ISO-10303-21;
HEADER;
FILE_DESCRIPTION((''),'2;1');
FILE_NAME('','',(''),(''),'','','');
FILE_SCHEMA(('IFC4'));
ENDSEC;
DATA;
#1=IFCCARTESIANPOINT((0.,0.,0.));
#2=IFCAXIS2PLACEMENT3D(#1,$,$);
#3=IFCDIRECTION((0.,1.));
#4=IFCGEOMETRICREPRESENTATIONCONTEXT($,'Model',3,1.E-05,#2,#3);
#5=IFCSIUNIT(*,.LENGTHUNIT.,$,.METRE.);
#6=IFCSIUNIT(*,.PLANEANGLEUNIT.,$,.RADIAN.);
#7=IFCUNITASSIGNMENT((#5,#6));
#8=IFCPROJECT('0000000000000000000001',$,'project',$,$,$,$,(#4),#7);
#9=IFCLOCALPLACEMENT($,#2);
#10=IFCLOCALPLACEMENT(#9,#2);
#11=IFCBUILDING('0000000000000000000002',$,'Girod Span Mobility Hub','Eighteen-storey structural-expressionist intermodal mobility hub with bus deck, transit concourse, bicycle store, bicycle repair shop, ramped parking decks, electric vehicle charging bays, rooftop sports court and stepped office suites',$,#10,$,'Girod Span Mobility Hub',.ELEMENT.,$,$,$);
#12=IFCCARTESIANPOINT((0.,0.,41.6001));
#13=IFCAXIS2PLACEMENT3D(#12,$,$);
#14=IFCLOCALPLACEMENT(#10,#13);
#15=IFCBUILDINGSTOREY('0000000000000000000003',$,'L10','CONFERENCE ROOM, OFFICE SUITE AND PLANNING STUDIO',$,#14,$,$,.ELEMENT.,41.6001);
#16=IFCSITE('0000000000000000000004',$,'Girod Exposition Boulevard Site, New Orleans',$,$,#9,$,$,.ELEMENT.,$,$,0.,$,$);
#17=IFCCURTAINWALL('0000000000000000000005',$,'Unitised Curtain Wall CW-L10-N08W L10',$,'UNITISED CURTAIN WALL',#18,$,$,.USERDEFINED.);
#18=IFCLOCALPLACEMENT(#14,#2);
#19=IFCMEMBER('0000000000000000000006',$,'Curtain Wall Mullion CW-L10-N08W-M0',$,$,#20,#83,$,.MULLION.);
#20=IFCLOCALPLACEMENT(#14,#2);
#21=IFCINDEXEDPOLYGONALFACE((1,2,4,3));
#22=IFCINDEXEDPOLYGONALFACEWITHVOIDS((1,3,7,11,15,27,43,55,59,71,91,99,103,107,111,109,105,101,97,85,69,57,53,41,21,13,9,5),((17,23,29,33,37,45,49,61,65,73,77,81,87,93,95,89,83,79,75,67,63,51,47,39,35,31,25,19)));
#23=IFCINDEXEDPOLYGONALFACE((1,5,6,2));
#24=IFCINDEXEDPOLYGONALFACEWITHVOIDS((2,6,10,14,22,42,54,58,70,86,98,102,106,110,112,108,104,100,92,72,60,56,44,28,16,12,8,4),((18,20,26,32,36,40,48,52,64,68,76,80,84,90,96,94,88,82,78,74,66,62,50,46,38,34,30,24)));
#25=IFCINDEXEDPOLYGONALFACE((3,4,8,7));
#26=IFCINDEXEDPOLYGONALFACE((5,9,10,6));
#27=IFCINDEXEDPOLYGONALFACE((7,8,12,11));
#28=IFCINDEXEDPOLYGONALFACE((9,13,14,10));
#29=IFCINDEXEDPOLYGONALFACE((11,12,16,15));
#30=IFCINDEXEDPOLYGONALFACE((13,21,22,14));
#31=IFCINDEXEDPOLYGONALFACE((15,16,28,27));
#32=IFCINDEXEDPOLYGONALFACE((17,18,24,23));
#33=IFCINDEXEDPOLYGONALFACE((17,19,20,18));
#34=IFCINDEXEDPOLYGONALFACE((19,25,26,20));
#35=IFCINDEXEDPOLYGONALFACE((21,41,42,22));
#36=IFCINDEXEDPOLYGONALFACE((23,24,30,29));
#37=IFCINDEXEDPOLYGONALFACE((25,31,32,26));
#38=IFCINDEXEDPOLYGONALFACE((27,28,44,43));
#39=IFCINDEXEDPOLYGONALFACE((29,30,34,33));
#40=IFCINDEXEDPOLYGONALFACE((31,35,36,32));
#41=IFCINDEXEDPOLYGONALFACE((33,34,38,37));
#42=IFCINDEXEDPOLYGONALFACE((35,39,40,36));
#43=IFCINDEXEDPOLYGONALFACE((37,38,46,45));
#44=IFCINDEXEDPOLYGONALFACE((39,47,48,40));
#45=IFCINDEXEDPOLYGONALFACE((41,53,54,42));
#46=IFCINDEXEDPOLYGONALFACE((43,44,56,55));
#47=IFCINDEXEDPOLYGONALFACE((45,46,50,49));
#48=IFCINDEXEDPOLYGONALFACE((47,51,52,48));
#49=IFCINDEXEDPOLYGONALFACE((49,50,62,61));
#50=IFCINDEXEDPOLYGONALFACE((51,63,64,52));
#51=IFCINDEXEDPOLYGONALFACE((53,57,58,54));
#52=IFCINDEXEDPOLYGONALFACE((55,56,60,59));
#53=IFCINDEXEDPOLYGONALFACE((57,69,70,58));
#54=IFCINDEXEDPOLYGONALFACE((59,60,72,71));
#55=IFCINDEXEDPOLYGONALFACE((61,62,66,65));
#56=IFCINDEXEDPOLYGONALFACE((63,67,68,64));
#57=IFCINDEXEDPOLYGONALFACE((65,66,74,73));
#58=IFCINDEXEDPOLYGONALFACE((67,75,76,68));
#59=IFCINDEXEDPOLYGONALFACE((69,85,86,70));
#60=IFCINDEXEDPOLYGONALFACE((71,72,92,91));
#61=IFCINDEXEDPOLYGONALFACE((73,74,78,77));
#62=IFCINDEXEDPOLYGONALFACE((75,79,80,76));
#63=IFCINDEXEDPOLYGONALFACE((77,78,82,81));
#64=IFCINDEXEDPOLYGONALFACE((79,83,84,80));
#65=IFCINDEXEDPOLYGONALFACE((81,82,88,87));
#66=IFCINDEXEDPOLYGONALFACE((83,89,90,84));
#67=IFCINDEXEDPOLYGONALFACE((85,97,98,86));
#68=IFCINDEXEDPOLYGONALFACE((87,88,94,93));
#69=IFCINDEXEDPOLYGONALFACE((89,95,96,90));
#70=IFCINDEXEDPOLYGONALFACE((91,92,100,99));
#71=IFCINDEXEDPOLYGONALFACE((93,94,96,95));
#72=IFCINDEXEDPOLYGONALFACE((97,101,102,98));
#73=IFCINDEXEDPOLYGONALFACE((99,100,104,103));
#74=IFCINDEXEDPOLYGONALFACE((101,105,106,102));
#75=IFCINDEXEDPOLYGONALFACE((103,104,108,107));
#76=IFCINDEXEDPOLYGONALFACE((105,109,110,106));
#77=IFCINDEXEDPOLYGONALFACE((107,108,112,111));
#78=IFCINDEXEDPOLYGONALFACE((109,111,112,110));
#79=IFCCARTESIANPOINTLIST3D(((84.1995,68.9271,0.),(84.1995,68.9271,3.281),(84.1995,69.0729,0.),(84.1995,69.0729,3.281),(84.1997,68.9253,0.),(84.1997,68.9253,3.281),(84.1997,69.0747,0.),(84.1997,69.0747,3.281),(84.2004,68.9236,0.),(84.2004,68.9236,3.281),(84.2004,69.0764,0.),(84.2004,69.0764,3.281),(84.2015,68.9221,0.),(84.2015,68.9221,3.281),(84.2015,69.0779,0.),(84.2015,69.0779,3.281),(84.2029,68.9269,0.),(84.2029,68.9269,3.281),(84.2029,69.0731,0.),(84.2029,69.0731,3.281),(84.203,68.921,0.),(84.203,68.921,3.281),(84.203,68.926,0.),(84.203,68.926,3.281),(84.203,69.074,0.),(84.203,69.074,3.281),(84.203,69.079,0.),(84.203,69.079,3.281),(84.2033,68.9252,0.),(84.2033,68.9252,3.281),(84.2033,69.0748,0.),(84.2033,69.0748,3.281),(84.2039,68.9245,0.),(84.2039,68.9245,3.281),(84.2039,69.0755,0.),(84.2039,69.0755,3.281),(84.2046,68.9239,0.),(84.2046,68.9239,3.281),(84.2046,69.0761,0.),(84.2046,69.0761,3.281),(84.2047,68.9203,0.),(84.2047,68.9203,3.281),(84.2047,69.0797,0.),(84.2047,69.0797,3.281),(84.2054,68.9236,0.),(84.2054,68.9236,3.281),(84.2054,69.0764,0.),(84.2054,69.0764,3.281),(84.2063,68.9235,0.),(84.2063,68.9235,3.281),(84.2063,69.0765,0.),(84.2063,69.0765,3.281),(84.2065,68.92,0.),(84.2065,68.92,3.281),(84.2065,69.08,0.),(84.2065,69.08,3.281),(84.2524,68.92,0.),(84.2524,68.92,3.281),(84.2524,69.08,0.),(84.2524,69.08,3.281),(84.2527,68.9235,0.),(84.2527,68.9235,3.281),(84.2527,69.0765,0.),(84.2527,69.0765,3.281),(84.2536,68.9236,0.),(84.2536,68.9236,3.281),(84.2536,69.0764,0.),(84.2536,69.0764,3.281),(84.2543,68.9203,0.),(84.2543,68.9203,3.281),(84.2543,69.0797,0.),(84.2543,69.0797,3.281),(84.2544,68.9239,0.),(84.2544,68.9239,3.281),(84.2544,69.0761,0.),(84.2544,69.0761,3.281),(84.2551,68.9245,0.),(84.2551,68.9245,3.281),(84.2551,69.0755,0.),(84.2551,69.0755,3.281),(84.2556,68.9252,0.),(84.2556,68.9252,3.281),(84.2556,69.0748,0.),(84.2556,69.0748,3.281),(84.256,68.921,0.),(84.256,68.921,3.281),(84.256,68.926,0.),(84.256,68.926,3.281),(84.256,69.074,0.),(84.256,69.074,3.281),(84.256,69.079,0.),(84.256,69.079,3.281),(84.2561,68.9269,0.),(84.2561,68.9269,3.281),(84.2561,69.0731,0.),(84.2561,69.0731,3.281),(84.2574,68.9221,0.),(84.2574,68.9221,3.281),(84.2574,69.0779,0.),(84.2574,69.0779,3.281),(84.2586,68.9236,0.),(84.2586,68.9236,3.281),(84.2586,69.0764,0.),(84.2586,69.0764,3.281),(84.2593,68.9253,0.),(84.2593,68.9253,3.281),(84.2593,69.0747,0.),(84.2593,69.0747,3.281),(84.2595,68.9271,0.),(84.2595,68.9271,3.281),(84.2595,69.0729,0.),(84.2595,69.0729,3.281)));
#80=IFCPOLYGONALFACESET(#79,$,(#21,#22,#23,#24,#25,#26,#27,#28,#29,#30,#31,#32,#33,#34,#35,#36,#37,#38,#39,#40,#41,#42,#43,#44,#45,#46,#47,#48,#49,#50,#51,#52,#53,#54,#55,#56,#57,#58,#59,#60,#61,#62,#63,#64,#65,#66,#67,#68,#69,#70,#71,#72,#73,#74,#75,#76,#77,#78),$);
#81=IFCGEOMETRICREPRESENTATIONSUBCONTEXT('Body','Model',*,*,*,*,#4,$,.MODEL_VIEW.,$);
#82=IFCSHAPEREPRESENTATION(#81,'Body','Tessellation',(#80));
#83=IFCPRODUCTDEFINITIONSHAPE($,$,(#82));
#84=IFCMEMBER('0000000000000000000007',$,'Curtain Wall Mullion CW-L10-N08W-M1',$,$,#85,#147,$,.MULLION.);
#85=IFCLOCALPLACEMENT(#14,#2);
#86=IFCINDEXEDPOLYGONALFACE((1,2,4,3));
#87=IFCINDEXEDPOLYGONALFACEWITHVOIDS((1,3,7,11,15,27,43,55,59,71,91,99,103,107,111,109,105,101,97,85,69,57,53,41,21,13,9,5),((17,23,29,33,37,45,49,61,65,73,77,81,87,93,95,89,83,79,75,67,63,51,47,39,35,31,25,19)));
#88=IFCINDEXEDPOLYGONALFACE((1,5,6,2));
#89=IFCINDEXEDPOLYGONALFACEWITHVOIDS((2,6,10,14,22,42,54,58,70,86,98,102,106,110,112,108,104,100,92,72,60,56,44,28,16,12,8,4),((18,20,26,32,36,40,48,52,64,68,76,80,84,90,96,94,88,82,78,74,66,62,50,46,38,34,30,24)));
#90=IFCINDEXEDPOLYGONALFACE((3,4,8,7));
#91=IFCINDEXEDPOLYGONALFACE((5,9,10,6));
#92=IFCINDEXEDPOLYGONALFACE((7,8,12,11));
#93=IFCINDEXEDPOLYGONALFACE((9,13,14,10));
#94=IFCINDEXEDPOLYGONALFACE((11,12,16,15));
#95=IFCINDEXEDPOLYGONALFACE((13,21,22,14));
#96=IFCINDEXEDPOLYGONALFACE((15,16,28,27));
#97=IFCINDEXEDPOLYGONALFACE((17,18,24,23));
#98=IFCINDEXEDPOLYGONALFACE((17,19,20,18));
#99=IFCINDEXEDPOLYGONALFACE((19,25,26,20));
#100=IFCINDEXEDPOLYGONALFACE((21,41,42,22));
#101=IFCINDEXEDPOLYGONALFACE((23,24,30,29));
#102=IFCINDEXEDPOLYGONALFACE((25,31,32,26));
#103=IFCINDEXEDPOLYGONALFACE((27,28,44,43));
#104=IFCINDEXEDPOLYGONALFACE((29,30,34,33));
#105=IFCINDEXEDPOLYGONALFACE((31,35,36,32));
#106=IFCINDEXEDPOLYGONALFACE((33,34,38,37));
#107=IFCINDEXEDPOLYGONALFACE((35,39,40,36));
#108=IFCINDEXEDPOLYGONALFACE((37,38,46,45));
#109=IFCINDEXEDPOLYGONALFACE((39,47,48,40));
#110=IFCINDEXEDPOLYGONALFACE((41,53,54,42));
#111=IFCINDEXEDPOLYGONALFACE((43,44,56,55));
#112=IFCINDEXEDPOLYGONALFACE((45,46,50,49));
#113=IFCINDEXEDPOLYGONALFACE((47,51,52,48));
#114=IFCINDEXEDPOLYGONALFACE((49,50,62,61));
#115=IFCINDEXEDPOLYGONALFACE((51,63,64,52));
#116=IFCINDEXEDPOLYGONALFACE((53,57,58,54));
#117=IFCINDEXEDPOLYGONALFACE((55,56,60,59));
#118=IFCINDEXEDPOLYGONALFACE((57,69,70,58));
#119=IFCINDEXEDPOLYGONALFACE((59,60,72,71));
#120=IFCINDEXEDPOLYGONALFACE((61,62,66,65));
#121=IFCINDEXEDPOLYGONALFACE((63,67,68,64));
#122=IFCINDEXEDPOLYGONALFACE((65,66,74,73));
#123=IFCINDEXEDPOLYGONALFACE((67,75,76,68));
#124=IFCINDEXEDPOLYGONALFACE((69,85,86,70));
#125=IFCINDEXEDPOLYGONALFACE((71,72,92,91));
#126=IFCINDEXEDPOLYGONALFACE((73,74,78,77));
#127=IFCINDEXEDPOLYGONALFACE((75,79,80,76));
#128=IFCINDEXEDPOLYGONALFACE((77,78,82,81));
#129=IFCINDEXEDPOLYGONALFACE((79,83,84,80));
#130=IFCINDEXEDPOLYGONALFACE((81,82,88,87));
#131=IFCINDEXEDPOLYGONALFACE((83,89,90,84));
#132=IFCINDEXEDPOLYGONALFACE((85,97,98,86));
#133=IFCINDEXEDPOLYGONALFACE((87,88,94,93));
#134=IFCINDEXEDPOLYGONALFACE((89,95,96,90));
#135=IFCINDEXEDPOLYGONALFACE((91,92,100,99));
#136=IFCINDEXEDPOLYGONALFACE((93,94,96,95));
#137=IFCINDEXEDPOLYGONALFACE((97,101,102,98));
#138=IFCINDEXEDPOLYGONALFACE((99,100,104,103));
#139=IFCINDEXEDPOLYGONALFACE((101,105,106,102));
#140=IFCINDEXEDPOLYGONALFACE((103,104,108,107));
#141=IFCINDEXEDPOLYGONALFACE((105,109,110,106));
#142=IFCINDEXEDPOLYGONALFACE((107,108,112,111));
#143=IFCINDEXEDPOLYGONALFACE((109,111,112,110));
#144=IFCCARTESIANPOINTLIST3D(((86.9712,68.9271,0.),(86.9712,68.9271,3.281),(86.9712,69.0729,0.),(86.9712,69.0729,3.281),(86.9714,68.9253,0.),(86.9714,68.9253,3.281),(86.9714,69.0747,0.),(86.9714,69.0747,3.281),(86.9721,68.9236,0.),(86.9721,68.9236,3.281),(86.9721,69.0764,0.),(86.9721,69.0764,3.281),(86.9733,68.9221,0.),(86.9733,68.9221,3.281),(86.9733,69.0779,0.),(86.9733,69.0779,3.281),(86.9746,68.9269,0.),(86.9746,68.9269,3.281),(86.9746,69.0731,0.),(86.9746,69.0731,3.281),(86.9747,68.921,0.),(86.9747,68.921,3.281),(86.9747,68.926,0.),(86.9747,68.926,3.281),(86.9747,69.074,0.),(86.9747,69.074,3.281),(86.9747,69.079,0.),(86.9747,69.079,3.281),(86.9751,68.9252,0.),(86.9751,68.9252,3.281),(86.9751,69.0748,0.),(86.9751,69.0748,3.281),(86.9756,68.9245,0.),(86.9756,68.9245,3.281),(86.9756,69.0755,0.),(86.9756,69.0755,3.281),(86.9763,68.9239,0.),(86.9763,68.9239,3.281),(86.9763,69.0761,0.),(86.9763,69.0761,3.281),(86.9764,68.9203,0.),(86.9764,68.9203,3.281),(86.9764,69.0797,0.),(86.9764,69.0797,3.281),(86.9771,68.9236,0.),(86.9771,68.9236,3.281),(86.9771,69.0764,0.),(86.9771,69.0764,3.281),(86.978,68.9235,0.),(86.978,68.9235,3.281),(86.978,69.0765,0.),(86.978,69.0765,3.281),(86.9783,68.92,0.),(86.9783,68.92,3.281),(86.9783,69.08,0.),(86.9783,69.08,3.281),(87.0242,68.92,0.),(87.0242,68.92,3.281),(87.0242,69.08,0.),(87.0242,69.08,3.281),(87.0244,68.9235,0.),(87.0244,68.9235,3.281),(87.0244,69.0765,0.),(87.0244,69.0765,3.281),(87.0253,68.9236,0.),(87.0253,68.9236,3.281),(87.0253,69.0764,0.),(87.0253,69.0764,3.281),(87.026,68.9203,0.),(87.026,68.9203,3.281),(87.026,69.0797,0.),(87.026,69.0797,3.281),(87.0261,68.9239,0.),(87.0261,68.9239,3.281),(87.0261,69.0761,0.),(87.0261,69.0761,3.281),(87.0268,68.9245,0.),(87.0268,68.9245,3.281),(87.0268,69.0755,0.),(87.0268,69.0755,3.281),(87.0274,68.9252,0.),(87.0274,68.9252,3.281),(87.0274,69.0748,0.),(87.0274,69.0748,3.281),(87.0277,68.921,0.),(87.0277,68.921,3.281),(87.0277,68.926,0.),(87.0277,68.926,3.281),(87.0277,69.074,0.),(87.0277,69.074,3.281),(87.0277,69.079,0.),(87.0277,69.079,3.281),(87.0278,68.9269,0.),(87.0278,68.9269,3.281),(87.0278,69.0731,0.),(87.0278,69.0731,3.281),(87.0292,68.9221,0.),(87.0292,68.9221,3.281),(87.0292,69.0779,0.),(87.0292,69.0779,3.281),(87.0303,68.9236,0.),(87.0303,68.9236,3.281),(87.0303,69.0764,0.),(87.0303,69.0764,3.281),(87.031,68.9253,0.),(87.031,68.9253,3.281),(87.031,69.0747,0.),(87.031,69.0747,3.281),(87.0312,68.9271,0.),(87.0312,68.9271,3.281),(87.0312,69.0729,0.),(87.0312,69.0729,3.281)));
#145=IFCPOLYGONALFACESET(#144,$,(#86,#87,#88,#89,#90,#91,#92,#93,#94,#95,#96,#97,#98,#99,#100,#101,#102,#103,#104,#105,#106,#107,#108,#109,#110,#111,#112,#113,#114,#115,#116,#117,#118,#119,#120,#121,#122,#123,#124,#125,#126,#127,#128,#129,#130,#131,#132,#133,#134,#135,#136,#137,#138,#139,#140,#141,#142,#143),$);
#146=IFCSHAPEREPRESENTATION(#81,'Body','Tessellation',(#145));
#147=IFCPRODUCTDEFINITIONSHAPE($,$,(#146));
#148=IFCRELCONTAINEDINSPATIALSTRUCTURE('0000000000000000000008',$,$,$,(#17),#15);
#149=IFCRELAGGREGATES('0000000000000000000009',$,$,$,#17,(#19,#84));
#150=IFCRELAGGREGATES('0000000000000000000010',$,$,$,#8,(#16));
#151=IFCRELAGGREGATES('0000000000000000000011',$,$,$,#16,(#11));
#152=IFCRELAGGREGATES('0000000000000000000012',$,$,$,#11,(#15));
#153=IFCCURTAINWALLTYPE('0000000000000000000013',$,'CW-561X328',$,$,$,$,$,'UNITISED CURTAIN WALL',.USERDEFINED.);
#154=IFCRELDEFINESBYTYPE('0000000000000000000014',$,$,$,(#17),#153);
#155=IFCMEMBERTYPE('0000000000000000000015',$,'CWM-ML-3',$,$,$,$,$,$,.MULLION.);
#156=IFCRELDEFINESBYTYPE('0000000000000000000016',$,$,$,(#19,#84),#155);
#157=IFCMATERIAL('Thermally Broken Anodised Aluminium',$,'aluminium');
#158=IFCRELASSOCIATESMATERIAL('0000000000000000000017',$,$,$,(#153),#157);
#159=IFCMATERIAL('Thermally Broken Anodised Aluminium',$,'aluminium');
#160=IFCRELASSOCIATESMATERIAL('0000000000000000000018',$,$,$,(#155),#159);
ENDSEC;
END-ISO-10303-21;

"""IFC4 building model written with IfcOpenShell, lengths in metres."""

from ifc_helpers import new_model, si_unit, direction, frame, origin, origin_2d, place, context, subcontext, project, spatial, hollow_rectangle, extrude, material, material_profile, profile_set, type_object, element, aggregate, save


model = new_model("IFC4")

# Units and contexts
model_context = context("Model", 3, precision=1e-05, world=origin(), true_north=direction((0.0, 1.0)))
body_context = subcontext(model_context, "Body", "Model", "MODEL_VIEW")
ifc_project = project(units=[si_unit("LENGTHUNIT", "METRE"), si_unit("PLANEANGLEUNIT", "RADIAN")], contexts=[model_context])

# Site, building, storey
site_placement = place(None, origin())
site = spatial("IfcSite", under=ifc_project, at=site_placement, Name="Girod Exposition Boulevard Site, New Orleans", CompositionType="ELEMENT", RefElevation=0.0)
building_placement = place(site_placement, origin())
building = spatial("IfcBuilding", under=site, at=building_placement, Name="Girod Span Mobility Hub", Description="Eighteen-storey structural-expressionist intermodal mobility hub with bus deck, transit concourse, bicycle store, bicycle repair shop, ramped parking decks, electric vehicle charging bays, rooftop sports court and stepped office suites", LongName="Girod Span Mobility Hub", CompositionType="ELEMENT")
storey_placement = place(building_placement, frame((0.0, 0.0, 41.6001)))
storey = spatial("IfcBuildingStorey", under=building, at=storey_placement, Name="L10", Description="CONFERENCE ROOM, OFFICE SUITE AND PLANNING STUDIO", CompositionType="ELEMENT", Elevation=41.6001)

# Curtain wall, members
ifc_material_1 = material(Name="Thermally Broken Anodised Aluminium", Category="aluminium")
curtain_wall_type = type_object("IfcCurtainWallType", Name="CW-561X328", ElementType="UNITISED CURTAIN WALL", PredefinedType="USERDEFINED", material=ifc_material_1)
curtain_wall_1_placement = place(storey_placement, origin())
curtain_wall_1 = element("IfcCurtainWall", 1, at=curtain_wall_1_placement, inside=storey, type_object=curtain_wall_type, Name="Unitised Curtain Wall CW-L10-N08W L10", ObjectType="UNITISED CURTAIN WALL", PredefinedType="USERDEFINED")
ifc_material_2 = material(Name="Thermally Broken Anodised Aluminium", Category="aluminium")
ifc_material_profile_1 = material_profile(ifc_material_2, hollow_rectangle(XDim=0.1599, YDim=0.0601, WallThickness=0.0034, InnerFilletRadius=0.0034, OuterFilletRadius=0.0071, at=origin_2d()), Name="CW-ML-60X160")
ifc_profile_set_1 = profile_set([ifc_material_profile_1], Name="Thermally Broken Anodised Aluminium")
member_type_1 = type_object("IfcMemberType", Name="CWM-ML-3", PredefinedType="MULLION", material=ifc_profile_set_1)
member_1_placement = place(storey_placement, frame((84.2295, 69.0, 0.0), z_axis=(0.0, 0.0, 1.0), x_axis=(0.0, 1.0, 0.0)))
member_1 = element("IfcMember", 2, at=member_1_placement, type_object=member_type_1, Name="Curtain Wall Mullion CW-L10-N08W-M0", PredefinedType="MULLION", context=body_context, shape_type="SweptSolid", body=[
    extrude(hollow_rectangle(XDim=0.1599, YDim=0.0601, WallThickness=0.0034, InnerFilletRadius=0.0034, OuterFilletRadius=0.0071, at=origin_2d()), origin(), (0.0, 0.0, 1.0), 3.281),
])
member_2_placement = place(storey_placement, frame((87.0012, 69.0, 0.0), z_axis=(0.0, 0.0, 1.0), x_axis=(0.0, 1.0, 0.0)))
member_2 = element("IfcMember", 3, at=member_2_placement, type_object=member_type_1, Name="Curtain Wall Mullion CW-L10-N08W-M1", PredefinedType="MULLION", context=body_context, shape_type="SweptSolid", body=[
    extrude(hollow_rectangle(XDim=0.1599, YDim=0.0601, WallThickness=0.0034, InnerFilletRadius=0.0034, OuterFilletRadius=0.0071, at=origin_2d()), origin(), (0.0, 0.0, 1.0), 3.281),
])

aggregate(curtain_wall_1, [member_1, member_2])

save(model, "model.ifc")
